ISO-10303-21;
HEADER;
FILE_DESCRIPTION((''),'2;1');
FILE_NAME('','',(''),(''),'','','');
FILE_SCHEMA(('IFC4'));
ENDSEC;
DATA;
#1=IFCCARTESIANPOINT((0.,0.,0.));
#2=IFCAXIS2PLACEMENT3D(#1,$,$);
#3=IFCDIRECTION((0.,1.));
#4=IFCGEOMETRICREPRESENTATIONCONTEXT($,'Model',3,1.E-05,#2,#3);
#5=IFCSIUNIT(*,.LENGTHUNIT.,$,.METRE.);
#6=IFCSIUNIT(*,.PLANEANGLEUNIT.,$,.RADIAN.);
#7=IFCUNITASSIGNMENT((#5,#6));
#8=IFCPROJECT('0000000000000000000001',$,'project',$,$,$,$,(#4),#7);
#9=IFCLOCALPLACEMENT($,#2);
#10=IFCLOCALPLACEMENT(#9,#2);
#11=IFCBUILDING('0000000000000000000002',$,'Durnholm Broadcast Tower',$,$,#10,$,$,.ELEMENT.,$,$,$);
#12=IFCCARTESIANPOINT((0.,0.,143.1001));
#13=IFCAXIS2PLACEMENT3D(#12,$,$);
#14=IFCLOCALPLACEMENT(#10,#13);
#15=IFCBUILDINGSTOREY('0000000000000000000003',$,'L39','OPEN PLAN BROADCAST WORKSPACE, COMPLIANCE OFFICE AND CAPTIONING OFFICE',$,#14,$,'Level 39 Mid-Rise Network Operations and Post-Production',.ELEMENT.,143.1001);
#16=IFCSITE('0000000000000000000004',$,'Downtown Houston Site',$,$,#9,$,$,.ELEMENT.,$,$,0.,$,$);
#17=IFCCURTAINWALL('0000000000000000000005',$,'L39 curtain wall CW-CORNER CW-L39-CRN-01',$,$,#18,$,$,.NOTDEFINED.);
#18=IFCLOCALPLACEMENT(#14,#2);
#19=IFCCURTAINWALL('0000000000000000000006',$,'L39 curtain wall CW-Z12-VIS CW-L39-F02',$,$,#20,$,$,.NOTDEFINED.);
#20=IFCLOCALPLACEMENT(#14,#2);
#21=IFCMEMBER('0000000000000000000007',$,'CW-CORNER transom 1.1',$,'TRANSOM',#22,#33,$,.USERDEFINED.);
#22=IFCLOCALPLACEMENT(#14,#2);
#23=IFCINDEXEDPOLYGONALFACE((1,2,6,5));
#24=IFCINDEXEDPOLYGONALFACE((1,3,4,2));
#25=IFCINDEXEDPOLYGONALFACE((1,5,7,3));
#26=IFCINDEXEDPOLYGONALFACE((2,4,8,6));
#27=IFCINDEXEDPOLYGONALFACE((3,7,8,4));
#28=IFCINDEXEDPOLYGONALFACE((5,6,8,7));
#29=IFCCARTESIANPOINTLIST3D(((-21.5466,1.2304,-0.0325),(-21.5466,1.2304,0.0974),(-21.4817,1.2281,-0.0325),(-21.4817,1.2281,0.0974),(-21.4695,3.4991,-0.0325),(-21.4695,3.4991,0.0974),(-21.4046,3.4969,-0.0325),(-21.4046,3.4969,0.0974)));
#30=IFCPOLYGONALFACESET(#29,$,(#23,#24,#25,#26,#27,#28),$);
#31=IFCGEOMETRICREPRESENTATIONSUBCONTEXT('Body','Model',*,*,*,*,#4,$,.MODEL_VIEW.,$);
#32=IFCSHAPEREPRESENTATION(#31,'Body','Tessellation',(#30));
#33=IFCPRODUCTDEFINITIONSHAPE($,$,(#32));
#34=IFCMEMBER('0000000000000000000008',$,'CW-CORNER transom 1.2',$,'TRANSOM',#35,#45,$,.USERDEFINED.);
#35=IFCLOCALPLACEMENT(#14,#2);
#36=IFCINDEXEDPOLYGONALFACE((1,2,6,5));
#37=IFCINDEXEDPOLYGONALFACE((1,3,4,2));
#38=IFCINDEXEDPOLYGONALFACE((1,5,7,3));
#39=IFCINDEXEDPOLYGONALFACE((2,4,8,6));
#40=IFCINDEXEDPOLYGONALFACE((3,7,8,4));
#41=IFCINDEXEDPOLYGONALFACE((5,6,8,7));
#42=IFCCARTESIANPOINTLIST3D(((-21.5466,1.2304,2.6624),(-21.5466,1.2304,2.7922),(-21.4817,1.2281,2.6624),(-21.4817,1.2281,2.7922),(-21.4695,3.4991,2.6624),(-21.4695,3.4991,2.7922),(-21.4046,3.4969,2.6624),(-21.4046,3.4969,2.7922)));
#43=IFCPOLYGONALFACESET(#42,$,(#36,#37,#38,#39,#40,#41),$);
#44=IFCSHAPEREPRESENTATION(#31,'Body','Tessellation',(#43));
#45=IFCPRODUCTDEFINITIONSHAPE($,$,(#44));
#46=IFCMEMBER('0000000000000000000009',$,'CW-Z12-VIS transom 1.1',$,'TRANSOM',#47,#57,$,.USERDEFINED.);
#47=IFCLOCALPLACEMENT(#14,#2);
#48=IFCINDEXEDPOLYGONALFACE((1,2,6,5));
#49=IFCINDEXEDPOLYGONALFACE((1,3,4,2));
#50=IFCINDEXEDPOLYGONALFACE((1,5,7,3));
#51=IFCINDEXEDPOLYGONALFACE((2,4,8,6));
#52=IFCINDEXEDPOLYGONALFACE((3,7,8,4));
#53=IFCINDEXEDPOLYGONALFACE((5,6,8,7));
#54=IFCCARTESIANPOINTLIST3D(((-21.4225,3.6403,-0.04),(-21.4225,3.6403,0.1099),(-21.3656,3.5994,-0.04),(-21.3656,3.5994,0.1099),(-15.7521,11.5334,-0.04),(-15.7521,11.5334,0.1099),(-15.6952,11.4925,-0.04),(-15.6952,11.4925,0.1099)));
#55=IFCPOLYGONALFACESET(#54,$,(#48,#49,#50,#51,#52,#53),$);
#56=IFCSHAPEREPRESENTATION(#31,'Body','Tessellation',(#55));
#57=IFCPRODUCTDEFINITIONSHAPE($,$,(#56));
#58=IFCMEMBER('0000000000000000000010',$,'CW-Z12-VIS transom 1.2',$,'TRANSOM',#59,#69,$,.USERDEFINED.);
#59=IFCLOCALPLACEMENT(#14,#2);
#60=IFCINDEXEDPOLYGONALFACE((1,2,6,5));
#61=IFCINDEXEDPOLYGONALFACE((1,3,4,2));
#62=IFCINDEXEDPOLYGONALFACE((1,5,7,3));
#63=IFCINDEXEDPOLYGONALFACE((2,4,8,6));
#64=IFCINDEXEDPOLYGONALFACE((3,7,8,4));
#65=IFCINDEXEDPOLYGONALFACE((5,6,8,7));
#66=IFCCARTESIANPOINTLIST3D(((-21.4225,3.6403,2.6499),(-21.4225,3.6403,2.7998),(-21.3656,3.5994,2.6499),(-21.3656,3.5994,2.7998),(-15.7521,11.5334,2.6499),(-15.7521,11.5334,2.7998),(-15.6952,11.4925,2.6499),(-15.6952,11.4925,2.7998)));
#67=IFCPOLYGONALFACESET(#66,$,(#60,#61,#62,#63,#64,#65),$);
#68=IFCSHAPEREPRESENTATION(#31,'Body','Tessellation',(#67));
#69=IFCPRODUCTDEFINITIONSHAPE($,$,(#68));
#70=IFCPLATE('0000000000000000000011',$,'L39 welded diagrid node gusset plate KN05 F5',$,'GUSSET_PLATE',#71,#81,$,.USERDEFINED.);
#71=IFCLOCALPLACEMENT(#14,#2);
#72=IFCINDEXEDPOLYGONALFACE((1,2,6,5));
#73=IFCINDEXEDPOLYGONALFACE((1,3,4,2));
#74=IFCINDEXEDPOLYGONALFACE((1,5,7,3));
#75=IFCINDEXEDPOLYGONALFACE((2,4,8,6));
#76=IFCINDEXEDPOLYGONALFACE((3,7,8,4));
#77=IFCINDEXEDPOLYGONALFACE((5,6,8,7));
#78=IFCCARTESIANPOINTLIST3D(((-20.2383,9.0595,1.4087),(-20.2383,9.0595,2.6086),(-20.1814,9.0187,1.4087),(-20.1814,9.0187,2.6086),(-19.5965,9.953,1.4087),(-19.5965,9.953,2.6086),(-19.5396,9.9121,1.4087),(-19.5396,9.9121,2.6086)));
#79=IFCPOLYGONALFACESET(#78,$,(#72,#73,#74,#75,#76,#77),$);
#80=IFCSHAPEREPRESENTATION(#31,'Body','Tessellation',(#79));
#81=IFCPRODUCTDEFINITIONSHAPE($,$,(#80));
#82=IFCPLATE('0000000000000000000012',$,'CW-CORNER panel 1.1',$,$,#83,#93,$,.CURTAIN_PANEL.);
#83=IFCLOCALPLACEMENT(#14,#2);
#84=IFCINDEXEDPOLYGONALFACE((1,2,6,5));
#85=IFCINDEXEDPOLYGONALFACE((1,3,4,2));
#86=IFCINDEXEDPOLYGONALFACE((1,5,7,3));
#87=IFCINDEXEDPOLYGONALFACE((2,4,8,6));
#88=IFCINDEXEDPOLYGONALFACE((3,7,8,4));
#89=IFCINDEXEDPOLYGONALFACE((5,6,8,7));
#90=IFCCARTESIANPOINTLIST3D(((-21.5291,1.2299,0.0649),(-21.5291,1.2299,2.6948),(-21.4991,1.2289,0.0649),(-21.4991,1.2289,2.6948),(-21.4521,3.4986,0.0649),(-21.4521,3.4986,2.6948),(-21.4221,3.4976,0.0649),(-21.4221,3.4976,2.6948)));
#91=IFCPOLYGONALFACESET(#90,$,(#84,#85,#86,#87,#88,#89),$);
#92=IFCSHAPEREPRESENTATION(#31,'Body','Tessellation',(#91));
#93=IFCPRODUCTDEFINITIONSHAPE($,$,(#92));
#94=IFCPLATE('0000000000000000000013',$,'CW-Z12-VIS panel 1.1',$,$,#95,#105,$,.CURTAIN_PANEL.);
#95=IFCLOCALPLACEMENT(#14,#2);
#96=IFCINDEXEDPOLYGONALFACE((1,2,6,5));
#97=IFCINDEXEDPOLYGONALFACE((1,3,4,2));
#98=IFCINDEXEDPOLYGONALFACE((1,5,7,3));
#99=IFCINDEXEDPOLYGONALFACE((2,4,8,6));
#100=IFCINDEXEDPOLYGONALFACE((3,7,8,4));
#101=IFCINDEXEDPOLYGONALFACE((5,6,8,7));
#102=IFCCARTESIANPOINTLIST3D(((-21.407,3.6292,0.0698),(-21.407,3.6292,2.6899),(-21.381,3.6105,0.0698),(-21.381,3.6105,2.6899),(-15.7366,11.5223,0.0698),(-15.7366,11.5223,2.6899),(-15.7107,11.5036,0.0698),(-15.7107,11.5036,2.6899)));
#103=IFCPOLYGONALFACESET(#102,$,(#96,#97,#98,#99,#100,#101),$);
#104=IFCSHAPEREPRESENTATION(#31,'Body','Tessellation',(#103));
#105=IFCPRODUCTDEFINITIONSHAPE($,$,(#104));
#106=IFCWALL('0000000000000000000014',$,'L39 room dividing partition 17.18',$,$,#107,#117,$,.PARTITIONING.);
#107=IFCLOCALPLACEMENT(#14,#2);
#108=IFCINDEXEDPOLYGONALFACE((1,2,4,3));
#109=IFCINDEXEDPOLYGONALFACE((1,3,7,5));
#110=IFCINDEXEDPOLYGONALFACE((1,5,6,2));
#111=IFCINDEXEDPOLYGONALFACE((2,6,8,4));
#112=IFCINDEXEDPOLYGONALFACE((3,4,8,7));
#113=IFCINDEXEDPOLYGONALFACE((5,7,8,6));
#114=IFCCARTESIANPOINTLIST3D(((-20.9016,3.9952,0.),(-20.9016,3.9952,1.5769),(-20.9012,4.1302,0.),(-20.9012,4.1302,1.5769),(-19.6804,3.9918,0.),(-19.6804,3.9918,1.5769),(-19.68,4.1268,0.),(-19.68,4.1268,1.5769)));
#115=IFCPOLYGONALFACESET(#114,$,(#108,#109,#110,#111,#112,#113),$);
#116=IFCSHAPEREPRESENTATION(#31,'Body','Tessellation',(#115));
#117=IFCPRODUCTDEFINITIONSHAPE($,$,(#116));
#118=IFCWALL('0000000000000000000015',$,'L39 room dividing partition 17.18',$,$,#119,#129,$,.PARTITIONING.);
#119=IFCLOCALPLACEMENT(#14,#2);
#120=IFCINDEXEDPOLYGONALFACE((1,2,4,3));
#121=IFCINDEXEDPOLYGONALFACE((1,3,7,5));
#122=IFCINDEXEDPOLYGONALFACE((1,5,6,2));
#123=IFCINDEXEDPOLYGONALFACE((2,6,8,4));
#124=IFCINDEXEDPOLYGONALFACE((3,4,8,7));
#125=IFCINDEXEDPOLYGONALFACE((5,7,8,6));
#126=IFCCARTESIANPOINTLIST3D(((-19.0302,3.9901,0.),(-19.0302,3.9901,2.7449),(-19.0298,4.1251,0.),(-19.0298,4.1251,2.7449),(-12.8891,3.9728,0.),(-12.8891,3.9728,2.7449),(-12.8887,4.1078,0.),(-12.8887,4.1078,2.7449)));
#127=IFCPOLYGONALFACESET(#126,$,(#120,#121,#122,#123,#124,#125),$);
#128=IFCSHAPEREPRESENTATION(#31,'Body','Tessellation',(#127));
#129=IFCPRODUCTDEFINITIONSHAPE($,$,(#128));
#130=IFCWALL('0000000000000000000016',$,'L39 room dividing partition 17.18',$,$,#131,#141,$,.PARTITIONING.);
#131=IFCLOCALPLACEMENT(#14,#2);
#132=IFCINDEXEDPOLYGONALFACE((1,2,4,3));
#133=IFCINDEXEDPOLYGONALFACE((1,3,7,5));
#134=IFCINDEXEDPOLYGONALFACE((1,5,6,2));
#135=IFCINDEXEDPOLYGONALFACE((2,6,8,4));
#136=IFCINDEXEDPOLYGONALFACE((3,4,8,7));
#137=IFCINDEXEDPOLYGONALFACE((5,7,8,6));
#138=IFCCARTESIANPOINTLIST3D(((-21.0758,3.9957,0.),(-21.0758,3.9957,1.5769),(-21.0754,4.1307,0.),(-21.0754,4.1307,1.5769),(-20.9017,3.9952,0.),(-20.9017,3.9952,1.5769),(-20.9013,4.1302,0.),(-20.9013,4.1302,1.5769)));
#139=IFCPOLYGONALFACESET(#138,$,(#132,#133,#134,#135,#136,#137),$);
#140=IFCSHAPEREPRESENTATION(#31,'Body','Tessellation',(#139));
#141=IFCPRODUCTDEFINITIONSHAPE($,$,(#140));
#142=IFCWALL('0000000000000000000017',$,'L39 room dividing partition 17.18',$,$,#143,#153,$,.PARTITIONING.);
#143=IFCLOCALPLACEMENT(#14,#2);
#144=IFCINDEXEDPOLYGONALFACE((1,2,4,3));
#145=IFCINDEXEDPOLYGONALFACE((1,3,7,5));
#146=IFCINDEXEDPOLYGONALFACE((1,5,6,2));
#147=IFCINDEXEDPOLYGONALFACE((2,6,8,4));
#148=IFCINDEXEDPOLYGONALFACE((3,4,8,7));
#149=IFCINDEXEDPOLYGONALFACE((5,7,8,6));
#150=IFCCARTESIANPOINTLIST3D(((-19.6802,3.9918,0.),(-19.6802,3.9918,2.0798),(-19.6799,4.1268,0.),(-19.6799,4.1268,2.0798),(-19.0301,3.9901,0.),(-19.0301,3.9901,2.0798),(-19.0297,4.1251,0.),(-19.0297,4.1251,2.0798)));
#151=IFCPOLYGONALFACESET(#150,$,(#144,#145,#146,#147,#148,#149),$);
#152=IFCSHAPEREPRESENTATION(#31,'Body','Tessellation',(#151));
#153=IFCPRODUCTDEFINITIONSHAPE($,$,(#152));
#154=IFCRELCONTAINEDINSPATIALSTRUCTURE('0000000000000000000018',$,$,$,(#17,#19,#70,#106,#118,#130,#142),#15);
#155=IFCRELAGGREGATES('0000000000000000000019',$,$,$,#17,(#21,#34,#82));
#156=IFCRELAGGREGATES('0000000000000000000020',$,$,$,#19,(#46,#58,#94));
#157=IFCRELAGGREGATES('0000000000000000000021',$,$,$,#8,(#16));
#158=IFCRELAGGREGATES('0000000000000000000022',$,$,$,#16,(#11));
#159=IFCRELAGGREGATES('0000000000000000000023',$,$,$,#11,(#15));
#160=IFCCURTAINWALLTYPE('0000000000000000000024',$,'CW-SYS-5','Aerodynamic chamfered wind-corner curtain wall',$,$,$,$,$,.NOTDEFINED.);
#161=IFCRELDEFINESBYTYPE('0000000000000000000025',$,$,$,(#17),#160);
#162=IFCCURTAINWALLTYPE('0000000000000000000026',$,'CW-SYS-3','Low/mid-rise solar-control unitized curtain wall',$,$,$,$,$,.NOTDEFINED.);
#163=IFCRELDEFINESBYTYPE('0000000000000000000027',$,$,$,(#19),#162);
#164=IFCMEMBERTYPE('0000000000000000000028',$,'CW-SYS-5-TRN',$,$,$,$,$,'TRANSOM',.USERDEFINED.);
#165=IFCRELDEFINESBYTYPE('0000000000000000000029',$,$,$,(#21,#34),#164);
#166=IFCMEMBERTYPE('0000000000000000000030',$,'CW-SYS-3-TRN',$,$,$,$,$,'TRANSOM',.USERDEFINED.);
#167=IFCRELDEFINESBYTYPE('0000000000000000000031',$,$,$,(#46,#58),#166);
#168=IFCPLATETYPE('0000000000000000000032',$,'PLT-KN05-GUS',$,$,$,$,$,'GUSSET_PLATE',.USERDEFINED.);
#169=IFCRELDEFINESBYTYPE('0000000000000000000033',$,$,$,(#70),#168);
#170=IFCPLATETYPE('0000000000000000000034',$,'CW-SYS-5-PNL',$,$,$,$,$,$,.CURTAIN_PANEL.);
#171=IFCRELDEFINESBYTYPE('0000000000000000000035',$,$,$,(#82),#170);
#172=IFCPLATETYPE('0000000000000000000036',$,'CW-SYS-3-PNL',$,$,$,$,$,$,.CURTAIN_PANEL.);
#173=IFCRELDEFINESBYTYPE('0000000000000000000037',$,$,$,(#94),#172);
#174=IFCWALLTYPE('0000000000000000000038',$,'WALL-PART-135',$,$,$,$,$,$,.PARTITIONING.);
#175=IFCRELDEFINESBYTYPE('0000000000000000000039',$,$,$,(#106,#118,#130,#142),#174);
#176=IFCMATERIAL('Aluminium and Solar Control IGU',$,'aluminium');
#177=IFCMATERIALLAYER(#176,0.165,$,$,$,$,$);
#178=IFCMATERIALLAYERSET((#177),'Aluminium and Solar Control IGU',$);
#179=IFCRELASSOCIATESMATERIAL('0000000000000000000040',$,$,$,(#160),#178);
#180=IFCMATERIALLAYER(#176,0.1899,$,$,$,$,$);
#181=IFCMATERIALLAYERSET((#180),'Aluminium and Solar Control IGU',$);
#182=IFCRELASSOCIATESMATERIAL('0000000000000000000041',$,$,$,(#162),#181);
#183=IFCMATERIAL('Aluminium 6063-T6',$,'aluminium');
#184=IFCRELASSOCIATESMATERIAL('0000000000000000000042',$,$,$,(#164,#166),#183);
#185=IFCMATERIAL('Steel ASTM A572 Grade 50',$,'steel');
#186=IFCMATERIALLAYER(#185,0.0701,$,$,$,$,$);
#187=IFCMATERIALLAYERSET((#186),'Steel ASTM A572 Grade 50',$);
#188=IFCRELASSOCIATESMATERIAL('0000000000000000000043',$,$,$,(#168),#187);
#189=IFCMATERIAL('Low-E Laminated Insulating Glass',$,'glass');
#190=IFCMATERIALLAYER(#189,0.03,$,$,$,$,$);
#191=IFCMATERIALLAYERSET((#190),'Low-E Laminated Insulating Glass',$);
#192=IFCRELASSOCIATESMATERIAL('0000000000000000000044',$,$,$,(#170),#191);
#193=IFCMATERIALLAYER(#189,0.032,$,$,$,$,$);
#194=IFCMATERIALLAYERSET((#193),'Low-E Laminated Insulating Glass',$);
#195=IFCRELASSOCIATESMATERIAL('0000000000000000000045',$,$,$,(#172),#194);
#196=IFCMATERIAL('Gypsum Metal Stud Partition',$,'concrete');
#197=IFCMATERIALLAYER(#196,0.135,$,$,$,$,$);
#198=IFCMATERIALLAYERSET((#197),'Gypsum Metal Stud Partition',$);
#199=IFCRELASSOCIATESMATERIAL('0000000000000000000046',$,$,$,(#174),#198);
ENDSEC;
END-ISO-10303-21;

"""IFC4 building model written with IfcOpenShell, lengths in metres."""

from ifc_helpers import new_model, si_unit, direction, frame, frame_2d, origin, origin_2d, place, context, subcontext, project, spatial, rectangle, extrude, source, transform, mapped, material, layer, layer_set, material_profile, profile_set, type_object, type_shapes, element, aggregate, save


model = new_model("IFC4")

# Units and contexts
model_context = context("Model", 3, precision=1e-05, world=origin(), true_north=direction((0.0, 1.0)))
body_context = subcontext(model_context, "Body", "Model", "MODEL_VIEW")
ifc_project = project(units=[si_unit("LENGTHUNIT", "METRE"), si_unit("PLANEANGLEUNIT", "RADIAN")], contexts=[model_context])

# Site, building, storey
site_placement = place(None, origin())
site = spatial("IfcSite", under=ifc_project, at=site_placement, Name="Downtown Houston Site", CompositionType="ELEMENT", RefElevation=0.0)
building_placement = place(site_placement, origin())
building = spatial("IfcBuilding", under=site, at=building_placement, Name="Durnholm Broadcast Tower", CompositionType="ELEMENT")
storey_placement = place(building_placement, frame((0.0, 0.0, 143.1001)))
storey = spatial("IfcBuildingStorey", under=building, at=storey_placement, Name="L39", Description="OPEN PLAN BROADCAST WORKSPACE, COMPLIANCE OFFICE AND CAPTIONING OFFICE", LongName="Level 39 Mid-Rise Network Operations and Post-Production", CompositionType="ELEMENT", Elevation=143.1001)

# Curtain walls
ifc_material_1 = material(Name="Aluminium and Solar Control IGU", Category="aluminium")
ifc_layer_1 = layer(ifc_material_1, 0.165)
ifc_layer_set_1 = layer_set([ifc_layer_1], Name="Aluminium and Solar Control IGU")
curtain_wall_type_1 = type_object("IfcCurtainWallType", Name="CW-SYS-5", Description="Aerodynamic chamfered wind-corner curtain wall", PredefinedType="NOTDEFINED", material=ifc_layer_set_1)
curtain_wall_1_placement = place(storey_placement, origin())
curtain_wall_1 = element("IfcCurtainWall", 1, at=curtain_wall_1_placement, inside=storey, type_object=curtain_wall_type_1, Name="L39 curtain wall CW-CORNER CW-L39-CRN-01", PredefinedType="NOTDEFINED")
ifc_material_2 = material(Name="Aluminium 6063-T6", Category="aluminium")
ifc_layer_2 = layer(ifc_material_1, 0.1899)
ifc_layer_set_2 = layer_set([ifc_layer_2], Name="Aluminium and Solar Control IGU")
curtain_wall_type_2 = type_object("IfcCurtainWallType", Name="CW-SYS-3", Description="Low/mid-rise solar-control unitized curtain wall", PredefinedType="NOTDEFINED", material=ifc_layer_set_2)
curtain_wall_2_placement = place(storey_placement, origin())
curtain_wall_2 = element("IfcCurtainWall", 2, at=curtain_wall_2_placement, inside=storey, type_object=curtain_wall_type_2, Name="L39 curtain wall CW-Z12-VIS CW-L39-F02", PredefinedType="NOTDEFINED")

# Members
ifc_material_profile_1 = material_profile(ifc_material_2, rectangle(XDim=0.0649, YDim=0.1299, at=origin_2d()), Name="CWT65X130")
ifc_profile_set_1 = profile_set([ifc_material_profile_1], Name="Aluminium 6063-T6")
member_type_1 = type_object("IfcMemberType", Name="CW-SYS-5-TRN", ElementType="TRANSOM", PredefinedType="USERDEFINED", material=ifc_profile_set_1)
shared_shape_1 = source(origin(), body_context, "Body", "SweptSolid", [
    extrude(rectangle(XDim=0.0649, YDim=0.1299, at=origin_2d()), origin(), (0.0, 0.0, 1.0), 2.27),
])
type_shapes(member_type_1, [shared_shape_1])
member_1_placement = place(storey_placement, frame((-21.5142, 1.2292, 0.0325), z_axis=(0.033984, 0.999422, 0.0), x_axis=(-0.999422, 0.033984, 0.0)))
member_1 = element("IfcMember", 3, at=member_1_placement, type_object=member_type_1, Name="CW-CORNER transom 1.1", ObjectType="TRANSOM", PredefinedType="USERDEFINED", context=body_context, shape_type="MappedRepresentation", body=[
    mapped(shared_shape_1, transform((0.0, 0.0, 0.0), x_axis=(1.0, 0.0, 0.0), y_axis=(0.0, 1.0, 0.0), z_axis=(0.0, 0.0, 1.0), scale=1.0)),
])
member_2_placement = place(storey_placement, frame((-21.5142, 1.2292, 2.7273), z_axis=(0.033984, 0.999422, 0.0), x_axis=(-0.999422, 0.033984, 0.0)))
member_2 = element("IfcMember", 4, at=member_2_placement, type_object=member_type_1, Name="CW-CORNER transom 1.2", ObjectType="TRANSOM", PredefinedType="USERDEFINED", context=body_context, shape_type="MappedRepresentation", body=[
    mapped(shared_shape_1, transform((0.0, 0.0, 0.0), x_axis=(1.0, 0.0, 0.0), y_axis=(0.0, 1.0, 0.0), z_axis=(0.0, 0.0, 1.0), scale=1.0)),
])
ifc_material_profile_2 = material_profile(ifc_material_2, rectangle(XDim=0.0701, YDim=0.1499, at=origin_2d()), Name="CWT70X150")
ifc_profile_set_2 = profile_set([ifc_material_profile_2], Name="Aluminium 6063-T6")
member_type_2 = type_object("IfcMemberType", Name="CW-SYS-3-TRN", ElementType="TRANSOM", PredefinedType="USERDEFINED", material=ifc_profile_set_2)
shared_shape_2 = source(origin(), body_context, "Body", "SweptSolid", [
    extrude(rectangle(XDim=0.0701, YDim=0.1499, at=origin_2d()), origin(), (0.0, 0.0, 1.0), 9.7188),
])
type_shapes(member_type_2, [shared_shape_2])
member_3_placement = place(storey_placement, frame((-21.394, 3.6199, 0.0349), z_axis=(0.583451, 0.812149, 0.0), x_axis=(-0.812149, 0.583451, 0.0)))
member_3 = element("IfcMember", 5, at=member_3_placement, type_object=member_type_2, Name="CW-Z12-VIS transom 1.1", ObjectType="TRANSOM", PredefinedType="USERDEFINED", context=body_context, shape_type="MappedRepresentation", body=[
    mapped(shared_shape_2, transform((0.0, 0.0, 0.0), x_axis=(1.0, 0.0, 0.0), y_axis=(0.0, 1.0, 0.0), z_axis=(0.0, 0.0, 1.0), scale=1.0)),
])
member_4_placement = place(storey_placement, frame((-21.394, 3.6199, 2.7249), z_axis=(0.583451, 0.812149, 0.0), x_axis=(-0.812149, 0.583451, 0.0)))
member_4 = element("IfcMember", 6, at=member_4_placement, type_object=member_type_2, Name="CW-Z12-VIS transom 1.2", ObjectType="TRANSOM", PredefinedType="USERDEFINED", context=body_context, shape_type="MappedRepresentation", body=[
    mapped(shared_shape_2, transform((0.0, 0.0, 0.0), x_axis=(1.0, 0.0, 0.0), y_axis=(0.0, 1.0, 0.0), z_axis=(0.0, 0.0, 1.0), scale=1.0)),
])

# Plates
ifc_material_3 = material(Name="Steel ASTM A572 Grade 50", Category="steel")
ifc_layer_3 = layer(ifc_material_3, 0.0701)
ifc_layer_set_3 = layer_set([ifc_layer_3], Name="Steel ASTM A572 Grade 50")
plate_type_1 = type_object("IfcPlateType", Name="PLT-KN05-GUS", ElementType="GUSSET_PLATE", PredefinedType="USERDEFINED", material=ifc_layer_set_3)
shared_shape_3 = source(origin(), body_context, "Body", "SweptSolid", [
    extrude(rectangle(XDim=1.1001, YDim=0.0701, at=origin_2d()), origin(), (0.0, 0.0, 1.0), 1.2),
])
type_shapes(plate_type_1, [shared_shape_3])
plate_1_placement = place(storey_placement, frame((-19.8889, 9.4858, 1.4087), z_axis=(0.0, 0.0, 1.0), x_axis=(-0.583399, -0.812185, 0.0)))
element("IfcPlate", 7, at=plate_1_placement, inside=storey, type_object=plate_type_1, Name="L39 welded diagrid node gusset plate KN05 F5", ObjectType="GUSSET_PLATE", PredefinedType="USERDEFINED", context=body_context, shape_type="MappedRepresentation", body=[
    mapped(shared_shape_3, transform((0.0, 0.0, 0.0), x_axis=(1.0, 0.0, 0.0), y_axis=(0.0, 1.0, 0.0), z_axis=(0.0, 0.0, 1.0), scale=1.0)),
])
ifc_material_4 = material(Name="Low-E Laminated Insulating Glass", Category="glass")
ifc_layer_4 = layer(ifc_material_4, 0.03)
ifc_layer_set_4 = layer_set([ifc_layer_4], Name="Low-E Laminated Insulating Glass")
plate_type_2 = type_object("IfcPlateType", Name="CW-SYS-5-PNL", PredefinedType="CURTAIN_PANEL", material=ifc_layer_set_4)
shared_shape_4 = source(origin(), body_context, "Body", "SweptSolid", [
    extrude(rectangle(XDim=2.27, YDim=0.03, at=origin_2d()), origin(), (0.0, 0.0, 1.0), 2.6299),
])
type_shapes(plate_type_2, [shared_shape_4])
plate_2_placement = place(storey_placement, frame((-21.4756, 2.3638, 0.0649), z_axis=(0.0, 0.0, 1.0), x_axis=(0.033917, 0.999425, 0.0)))
plate_2 = element("IfcPlate", 8, at=plate_2_placement, type_object=plate_type_2, Name="CW-CORNER panel 1.1", PredefinedType="CURTAIN_PANEL", context=body_context, shape_type="MappedRepresentation", body=[
    mapped(shared_shape_4, transform((0.0, 0.0, 0.0), x_axis=(1.0, 0.0, 0.0), y_axis=(0.0, 1.0, 0.0), z_axis=(0.0, 0.0, 1.0), scale=1.0)),
])
aggregate(curtain_wall_1, [member_1, member_2, plate_2])
ifc_layer_5 = layer(ifc_material_4, 0.032)
ifc_layer_set_5 = layer_set([ifc_layer_5], Name="Low-E Laminated Insulating Glass")
plate_type_3 = type_object("IfcPlateType", Name="CW-SYS-3-PNL", PredefinedType="CURTAIN_PANEL", material=ifc_layer_set_5)
shared_shape_5 = source(origin(), body_context, "Body", "SweptSolid", [
    extrude(rectangle(XDim=9.7188, YDim=0.032, at=origin_2d()), origin(), (0.0, 0.0, 1.0), 2.6201),
])
type_shapes(plate_type_3, [shared_shape_5])
plate_3_placement = place(storey_placement, frame((-18.5588, 7.5664, 0.0698), z_axis=(0.0, 0.0, 1.0), x_axis=(0.583445, 0.812152, 0.0)))
plate_3 = element("IfcPlate", 9, at=plate_3_placement, type_object=plate_type_3, Name="CW-Z12-VIS panel 1.1", PredefinedType="CURTAIN_PANEL", context=body_context, shape_type="MappedRepresentation", body=[
    mapped(shared_shape_5, transform((0.0, 0.0, 0.0), x_axis=(1.0, 0.0, 0.0), y_axis=(0.0, 1.0, 0.0), z_axis=(0.0, 0.0, 1.0), scale=1.0)),
])
aggregate(curtain_wall_2, [member_3, member_4, plate_3])

# Walls
ifc_material_5 = material(Name="Gypsum Metal Stud Partition", Category="concrete")
ifc_layer_6 = layer(ifc_material_5, 0.135)
ifc_layer_set_6 = layer_set([ifc_layer_6], Name="Gypsum Metal Stud Partition")
wall_type_1 = type_object("IfcWallType", Name="WALL-PART-135", PredefinedType="PARTITIONING", material=ifc_layer_set_6)
wall_1_placement = place(storey_placement, frame((-20.9014, 4.0627, 0.0), z_axis=(0.0, 0.0, 1.0), x_axis=(0.999996, -0.002799, 0.0)))
element("IfcWall", 10, at=wall_1_placement, inside=storey, type_object=wall_type_1, Name="L39 room dividing partition 17.18", PredefinedType="PARTITIONING", context=body_context, shape_type="SweptSolid", body=[
    extrude(rectangle(XDim=1.2212, YDim=0.135, at=frame_2d((0.6106, 0.0))), origin(), (0.0, 0.0, 1.0), 1.5769),
])
wall_2_placement = place(storey_placement, frame((-19.03, 4.0576, 0.0), z_axis=(0.0, 0.0, 1.0), x_axis=(0.999996, -0.002823, 0.0)))
element("IfcWall", 11, at=wall_2_placement, inside=storey, type_object=wall_type_1, Name="L39 room dividing partition 17.18", PredefinedType="PARTITIONING", context=body_context, shape_type="SweptSolid", body=[
    extrude(rectangle(XDim=6.1411, YDim=0.135, at=frame_2d((3.0706, 0.0))), origin(), (0.0, 0.0, 1.0), 2.7449),
])
wall_3_placement = place(storey_placement, frame((-21.0754, 4.0632, 0.0), z_axis=(0.0, 0.0, 1.0), x_axis=(0.999996, -0.002805, 0.0)))
element("IfcWall", 12, at=wall_3_placement, inside=storey, type_object=wall_type_1, Name="L39 room dividing partition 17.18", PredefinedType="PARTITIONING", context=body_context, shape_type="SweptSolid", body=[
    extrude(rectangle(XDim=0.1741, YDim=0.135, at=frame_2d((0.0869, 0.0))), origin(), (0.0, 0.0, 1.0), 1.5769),
])
wall_4_placement = place(storey_placement, frame((-19.6802, 4.0593, 0.0), z_axis=(0.0, 0.0, 1.0), x_axis=(0.999997, -0.002629, 0.0)))
element("IfcWall", 13, at=wall_4_placement, inside=storey, type_object=wall_type_1, Name="L39 room dividing partition 17.18", PredefinedType="PARTITIONING", context=body_context, shape_type="SweptSolid", body=[
    extrude(rectangle(XDim=0.6501, YDim=0.135, at=frame_2d((0.3252, 0.0))), origin(), (0.0, 0.0, 1.0), 2.0798),
])

save(model, "model.ifc")
